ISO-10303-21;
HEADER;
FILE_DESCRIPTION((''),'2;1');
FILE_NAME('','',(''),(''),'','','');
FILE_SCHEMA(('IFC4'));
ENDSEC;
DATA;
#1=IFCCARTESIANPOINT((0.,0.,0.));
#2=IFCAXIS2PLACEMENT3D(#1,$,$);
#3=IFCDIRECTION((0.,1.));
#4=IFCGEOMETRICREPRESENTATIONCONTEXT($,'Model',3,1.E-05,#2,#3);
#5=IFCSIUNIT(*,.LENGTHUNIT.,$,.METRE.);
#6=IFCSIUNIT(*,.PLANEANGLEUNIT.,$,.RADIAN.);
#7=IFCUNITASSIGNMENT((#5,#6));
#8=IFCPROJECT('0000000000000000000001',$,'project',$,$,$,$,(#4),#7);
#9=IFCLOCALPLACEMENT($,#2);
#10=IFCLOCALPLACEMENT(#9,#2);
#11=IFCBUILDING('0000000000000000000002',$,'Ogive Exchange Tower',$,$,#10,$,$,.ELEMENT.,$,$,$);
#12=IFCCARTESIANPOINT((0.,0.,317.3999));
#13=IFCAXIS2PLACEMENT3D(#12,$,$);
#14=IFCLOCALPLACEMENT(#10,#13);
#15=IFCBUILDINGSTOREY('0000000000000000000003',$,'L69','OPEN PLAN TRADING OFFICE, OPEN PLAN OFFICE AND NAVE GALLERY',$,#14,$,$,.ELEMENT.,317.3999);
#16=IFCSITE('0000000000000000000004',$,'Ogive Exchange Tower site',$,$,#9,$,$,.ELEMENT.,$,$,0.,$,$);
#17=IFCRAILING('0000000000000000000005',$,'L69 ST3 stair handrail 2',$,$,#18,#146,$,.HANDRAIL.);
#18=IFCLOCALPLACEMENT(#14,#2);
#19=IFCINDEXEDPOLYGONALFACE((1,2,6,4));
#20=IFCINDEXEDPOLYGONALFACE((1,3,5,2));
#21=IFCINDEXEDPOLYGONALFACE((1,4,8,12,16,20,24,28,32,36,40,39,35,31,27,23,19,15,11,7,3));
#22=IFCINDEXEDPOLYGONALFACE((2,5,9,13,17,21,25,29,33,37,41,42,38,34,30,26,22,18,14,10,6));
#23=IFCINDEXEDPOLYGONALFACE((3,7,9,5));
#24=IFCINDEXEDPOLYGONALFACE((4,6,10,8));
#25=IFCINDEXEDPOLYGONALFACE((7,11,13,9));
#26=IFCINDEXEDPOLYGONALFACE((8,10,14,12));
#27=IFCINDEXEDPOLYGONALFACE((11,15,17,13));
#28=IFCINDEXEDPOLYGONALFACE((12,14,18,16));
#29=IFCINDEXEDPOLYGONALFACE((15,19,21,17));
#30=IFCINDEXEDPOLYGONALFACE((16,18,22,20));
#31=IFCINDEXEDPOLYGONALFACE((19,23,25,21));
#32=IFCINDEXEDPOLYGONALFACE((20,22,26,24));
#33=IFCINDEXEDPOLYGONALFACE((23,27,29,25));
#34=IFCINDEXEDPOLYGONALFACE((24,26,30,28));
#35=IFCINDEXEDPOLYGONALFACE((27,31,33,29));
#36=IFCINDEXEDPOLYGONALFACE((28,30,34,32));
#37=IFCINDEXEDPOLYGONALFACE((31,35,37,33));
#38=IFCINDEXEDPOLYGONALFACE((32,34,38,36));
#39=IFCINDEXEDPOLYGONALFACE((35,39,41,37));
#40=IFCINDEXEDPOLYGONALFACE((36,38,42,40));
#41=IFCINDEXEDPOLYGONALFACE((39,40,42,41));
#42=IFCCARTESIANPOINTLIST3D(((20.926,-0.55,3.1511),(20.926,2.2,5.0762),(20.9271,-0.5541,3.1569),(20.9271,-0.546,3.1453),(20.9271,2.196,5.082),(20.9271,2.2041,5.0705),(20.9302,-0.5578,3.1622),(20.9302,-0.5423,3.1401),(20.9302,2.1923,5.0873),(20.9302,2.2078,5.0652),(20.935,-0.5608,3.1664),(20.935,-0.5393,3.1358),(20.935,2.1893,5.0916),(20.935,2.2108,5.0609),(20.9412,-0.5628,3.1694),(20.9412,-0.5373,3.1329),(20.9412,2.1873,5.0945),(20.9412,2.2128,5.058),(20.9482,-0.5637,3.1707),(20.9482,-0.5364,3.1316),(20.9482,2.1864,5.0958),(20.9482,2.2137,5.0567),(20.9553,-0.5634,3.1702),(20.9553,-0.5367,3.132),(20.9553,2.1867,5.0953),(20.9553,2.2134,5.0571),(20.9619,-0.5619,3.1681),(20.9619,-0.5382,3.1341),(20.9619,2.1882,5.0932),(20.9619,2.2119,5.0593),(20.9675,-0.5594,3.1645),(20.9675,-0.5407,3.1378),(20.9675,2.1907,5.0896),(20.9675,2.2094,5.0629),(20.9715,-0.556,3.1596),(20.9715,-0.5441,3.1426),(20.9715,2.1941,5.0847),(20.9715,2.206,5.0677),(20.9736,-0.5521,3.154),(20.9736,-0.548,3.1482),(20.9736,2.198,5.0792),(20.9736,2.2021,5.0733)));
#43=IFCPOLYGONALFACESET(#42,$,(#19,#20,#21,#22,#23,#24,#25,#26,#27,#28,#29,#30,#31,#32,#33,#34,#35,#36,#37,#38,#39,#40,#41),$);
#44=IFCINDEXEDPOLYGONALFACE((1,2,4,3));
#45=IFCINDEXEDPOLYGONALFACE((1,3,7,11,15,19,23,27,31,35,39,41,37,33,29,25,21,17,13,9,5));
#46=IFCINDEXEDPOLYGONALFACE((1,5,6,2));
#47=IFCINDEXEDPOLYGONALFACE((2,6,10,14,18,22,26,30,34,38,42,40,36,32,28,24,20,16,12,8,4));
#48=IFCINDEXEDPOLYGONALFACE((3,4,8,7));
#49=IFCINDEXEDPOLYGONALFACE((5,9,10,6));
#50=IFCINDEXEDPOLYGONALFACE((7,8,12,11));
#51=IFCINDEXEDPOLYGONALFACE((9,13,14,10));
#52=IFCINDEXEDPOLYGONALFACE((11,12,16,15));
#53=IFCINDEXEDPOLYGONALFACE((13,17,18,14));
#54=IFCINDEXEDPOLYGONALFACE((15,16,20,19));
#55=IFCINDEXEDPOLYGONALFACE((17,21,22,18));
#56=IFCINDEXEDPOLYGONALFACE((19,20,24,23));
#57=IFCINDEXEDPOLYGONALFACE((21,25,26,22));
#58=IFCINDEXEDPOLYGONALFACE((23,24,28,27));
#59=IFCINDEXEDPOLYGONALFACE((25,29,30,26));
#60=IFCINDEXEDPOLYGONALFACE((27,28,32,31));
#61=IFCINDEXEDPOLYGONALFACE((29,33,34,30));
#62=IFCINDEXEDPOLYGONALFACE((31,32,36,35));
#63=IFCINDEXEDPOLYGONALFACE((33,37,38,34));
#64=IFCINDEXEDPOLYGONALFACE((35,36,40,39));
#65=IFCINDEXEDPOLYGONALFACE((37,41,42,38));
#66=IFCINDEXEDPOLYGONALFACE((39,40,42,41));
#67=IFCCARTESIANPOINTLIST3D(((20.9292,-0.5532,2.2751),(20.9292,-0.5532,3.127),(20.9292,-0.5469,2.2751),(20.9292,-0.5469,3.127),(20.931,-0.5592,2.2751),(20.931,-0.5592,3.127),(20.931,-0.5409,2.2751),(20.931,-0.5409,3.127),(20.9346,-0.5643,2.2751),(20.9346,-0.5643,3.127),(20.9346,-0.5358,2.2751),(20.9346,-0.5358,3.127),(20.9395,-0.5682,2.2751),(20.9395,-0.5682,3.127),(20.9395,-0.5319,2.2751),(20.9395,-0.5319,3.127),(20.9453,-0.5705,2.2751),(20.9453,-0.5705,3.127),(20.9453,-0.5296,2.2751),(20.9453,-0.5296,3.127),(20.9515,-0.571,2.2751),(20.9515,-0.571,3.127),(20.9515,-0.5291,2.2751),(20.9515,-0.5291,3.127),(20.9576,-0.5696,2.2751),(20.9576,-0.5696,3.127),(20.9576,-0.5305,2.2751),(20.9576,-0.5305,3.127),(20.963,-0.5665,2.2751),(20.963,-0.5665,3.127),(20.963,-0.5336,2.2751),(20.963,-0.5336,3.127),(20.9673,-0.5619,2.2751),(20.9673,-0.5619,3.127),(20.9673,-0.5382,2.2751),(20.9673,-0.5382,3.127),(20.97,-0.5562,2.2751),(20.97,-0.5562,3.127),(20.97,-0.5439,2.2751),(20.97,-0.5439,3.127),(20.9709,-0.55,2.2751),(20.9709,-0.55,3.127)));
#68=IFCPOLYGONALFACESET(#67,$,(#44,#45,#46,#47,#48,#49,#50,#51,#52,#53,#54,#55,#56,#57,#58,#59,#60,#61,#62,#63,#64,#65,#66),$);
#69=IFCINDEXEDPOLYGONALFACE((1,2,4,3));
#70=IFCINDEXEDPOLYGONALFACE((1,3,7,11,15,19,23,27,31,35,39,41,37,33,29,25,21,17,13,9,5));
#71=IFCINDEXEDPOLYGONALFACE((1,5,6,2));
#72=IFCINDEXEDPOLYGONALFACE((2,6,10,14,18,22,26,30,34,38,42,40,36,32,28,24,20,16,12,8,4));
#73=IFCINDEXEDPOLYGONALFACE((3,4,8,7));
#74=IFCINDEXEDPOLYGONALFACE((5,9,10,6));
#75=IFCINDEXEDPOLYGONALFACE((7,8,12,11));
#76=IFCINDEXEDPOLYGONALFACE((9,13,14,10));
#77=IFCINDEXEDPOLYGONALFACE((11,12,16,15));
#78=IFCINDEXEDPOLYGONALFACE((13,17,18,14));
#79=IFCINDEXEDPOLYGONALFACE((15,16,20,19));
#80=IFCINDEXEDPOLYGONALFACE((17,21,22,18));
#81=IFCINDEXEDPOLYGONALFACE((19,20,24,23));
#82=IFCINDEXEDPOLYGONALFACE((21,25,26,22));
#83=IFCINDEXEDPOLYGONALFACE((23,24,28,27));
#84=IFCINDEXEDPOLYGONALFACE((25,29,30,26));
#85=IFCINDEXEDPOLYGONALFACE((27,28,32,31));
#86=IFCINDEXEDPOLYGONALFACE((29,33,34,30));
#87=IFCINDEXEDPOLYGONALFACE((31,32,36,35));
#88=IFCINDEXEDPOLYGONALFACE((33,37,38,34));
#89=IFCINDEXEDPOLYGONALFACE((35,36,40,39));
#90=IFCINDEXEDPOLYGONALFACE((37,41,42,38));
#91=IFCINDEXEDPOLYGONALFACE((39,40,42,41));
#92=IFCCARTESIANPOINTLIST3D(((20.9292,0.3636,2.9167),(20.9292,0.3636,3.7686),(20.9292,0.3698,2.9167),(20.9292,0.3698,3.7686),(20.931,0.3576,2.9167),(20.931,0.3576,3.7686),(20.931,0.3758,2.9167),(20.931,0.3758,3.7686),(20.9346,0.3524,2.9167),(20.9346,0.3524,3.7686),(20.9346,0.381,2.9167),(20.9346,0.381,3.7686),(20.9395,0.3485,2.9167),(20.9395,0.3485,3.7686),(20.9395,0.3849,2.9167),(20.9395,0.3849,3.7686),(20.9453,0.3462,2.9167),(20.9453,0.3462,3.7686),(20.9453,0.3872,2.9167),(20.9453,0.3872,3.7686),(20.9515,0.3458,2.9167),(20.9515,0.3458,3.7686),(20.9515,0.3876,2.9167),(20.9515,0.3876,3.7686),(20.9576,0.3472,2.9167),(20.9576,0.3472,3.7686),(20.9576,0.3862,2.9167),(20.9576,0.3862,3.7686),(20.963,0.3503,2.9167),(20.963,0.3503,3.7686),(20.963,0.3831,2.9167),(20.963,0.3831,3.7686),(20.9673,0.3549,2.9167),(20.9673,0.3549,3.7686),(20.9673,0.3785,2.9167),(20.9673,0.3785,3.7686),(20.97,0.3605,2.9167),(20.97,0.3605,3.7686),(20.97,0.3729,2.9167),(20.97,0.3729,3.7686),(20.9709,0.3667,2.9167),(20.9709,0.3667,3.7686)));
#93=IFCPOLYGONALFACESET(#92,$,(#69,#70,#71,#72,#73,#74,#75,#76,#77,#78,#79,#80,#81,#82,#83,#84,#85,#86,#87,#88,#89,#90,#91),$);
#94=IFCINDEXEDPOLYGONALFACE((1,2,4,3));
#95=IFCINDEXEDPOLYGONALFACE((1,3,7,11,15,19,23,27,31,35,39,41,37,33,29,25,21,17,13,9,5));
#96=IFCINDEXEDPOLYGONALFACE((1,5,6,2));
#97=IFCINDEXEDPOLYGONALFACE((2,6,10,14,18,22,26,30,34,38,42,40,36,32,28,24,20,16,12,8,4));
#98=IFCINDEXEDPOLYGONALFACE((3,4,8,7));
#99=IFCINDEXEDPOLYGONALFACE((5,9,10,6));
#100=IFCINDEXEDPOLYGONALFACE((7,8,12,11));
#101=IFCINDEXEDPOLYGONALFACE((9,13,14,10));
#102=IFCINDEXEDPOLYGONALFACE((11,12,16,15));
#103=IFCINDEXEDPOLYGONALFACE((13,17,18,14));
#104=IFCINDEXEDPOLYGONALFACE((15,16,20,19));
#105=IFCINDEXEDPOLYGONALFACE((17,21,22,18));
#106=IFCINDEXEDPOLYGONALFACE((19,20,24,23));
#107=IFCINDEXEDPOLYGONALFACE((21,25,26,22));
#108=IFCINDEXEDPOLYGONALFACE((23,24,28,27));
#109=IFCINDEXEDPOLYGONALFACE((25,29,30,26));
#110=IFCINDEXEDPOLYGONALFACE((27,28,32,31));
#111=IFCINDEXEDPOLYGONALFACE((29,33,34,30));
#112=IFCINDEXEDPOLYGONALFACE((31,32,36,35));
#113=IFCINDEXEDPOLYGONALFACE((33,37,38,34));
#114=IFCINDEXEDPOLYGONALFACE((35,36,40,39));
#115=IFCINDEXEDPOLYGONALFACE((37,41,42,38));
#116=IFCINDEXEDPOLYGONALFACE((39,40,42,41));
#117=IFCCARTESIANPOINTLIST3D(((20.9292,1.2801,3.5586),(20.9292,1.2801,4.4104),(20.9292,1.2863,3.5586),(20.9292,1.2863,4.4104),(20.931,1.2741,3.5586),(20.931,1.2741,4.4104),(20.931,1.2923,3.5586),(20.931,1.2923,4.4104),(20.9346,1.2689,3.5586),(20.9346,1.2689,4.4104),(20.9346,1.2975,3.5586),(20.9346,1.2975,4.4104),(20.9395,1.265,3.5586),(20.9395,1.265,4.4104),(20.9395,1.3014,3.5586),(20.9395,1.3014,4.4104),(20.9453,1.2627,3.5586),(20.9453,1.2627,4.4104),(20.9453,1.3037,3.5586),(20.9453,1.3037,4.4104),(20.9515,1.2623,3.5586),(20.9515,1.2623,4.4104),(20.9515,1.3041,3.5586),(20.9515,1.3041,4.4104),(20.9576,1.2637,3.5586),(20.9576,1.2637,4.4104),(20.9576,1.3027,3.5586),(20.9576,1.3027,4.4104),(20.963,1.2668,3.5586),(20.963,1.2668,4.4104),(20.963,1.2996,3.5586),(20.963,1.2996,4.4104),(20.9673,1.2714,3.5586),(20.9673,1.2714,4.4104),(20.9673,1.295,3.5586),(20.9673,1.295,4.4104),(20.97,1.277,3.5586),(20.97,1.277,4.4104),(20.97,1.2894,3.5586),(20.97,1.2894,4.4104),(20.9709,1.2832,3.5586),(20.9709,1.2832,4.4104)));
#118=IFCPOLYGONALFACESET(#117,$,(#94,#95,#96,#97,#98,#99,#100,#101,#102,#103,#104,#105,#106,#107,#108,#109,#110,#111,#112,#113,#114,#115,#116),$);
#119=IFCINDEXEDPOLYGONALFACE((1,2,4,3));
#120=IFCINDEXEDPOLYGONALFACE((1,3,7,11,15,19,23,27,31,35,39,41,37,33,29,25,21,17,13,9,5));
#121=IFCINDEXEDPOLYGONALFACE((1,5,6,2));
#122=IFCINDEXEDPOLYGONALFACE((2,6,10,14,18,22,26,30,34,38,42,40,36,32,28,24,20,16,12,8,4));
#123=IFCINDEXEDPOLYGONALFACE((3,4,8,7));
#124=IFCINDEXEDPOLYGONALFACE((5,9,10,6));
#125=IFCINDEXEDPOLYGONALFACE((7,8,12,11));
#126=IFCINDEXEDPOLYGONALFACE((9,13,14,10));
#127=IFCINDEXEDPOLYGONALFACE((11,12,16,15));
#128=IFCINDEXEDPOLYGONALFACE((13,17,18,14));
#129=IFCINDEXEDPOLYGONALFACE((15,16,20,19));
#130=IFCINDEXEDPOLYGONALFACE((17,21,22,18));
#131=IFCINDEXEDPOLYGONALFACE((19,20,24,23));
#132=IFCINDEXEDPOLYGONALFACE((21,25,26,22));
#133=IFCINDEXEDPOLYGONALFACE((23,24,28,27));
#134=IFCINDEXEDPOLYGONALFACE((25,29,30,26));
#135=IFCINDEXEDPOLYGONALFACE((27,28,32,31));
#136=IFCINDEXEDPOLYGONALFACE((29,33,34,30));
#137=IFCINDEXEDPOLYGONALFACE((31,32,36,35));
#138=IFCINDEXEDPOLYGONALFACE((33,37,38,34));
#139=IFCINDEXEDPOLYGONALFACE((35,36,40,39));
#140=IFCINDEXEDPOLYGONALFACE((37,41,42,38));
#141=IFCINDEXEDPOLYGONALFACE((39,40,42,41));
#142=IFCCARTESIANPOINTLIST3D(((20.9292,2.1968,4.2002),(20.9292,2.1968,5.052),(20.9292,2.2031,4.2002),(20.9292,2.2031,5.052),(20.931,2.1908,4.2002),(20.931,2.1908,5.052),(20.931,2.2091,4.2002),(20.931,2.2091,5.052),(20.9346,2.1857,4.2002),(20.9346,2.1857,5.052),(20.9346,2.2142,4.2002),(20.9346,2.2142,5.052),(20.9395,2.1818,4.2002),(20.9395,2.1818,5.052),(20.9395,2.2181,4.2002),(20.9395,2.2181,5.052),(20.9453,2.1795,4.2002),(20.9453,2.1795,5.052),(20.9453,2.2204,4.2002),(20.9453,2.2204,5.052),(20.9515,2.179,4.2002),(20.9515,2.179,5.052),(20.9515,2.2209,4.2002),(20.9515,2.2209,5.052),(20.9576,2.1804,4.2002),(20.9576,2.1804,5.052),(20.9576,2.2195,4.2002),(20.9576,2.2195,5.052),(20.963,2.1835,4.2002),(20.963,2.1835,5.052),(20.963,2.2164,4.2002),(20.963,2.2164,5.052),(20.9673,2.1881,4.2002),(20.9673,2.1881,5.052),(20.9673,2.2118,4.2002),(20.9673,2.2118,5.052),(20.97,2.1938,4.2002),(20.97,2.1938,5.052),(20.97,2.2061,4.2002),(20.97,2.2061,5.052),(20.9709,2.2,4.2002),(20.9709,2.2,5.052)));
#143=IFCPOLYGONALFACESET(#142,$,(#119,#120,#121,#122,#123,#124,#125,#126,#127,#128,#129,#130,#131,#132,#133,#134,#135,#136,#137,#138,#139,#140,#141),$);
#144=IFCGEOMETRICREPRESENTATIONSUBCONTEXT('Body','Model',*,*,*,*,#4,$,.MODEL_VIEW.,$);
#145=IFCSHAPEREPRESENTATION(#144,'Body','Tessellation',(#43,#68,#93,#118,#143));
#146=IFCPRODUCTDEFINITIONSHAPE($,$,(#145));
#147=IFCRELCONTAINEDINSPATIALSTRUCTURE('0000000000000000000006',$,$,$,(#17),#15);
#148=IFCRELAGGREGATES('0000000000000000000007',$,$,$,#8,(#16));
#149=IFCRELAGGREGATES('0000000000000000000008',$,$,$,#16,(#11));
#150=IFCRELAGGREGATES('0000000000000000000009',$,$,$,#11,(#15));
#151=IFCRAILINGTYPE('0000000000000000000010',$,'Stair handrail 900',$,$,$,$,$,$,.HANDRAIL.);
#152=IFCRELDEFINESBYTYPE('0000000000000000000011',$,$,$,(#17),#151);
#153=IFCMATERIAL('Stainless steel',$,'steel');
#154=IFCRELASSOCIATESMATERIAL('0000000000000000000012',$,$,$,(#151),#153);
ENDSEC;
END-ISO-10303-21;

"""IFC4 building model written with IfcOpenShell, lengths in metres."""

from ifc_helpers import new_model, si_unit, direction, frame, origin, origin_2d, place, context, subcontext, project, spatial, circle, extrude, material, type_object, element, save


model = new_model("IFC4")

# Units and contexts
model_context = context("Model", 3, precision=1e-05, world=origin(), true_north=direction((0.0, 1.0)))
body_context = subcontext(model_context, "Body", "Model", "MODEL_VIEW")
ifc_project = project(units=[si_unit("LENGTHUNIT", "METRE"), si_unit("PLANEANGLEUNIT", "RADIAN")], contexts=[model_context])

# Site, building, storey
site_placement = place(None, origin())
site = spatial("IfcSite", under=ifc_project, at=site_placement, Name="Ogive Exchange Tower site", CompositionType="ELEMENT", RefElevation=0.0)
building_placement = place(site_placement, origin())
building = spatial("IfcBuilding", under=site, at=building_placement, Name="Ogive Exchange Tower", CompositionType="ELEMENT")
storey_placement = place(building_placement, frame((0.0, 0.0, 317.3999)))
storey = spatial("IfcBuildingStorey", under=building, at=storey_placement, Name="L69", Description="OPEN PLAN TRADING OFFICE, OPEN PLAN OFFICE AND NAVE GALLERY", CompositionType="ELEMENT", Elevation=317.3999)

# Shared definitions
ifc_material_1 = material(Name="Stainless steel", Category="steel")

# Railing
railing_type = type_object("IfcRailingType", Name="Stair handrail 900", PredefinedType="HANDRAIL", material=ifc_material_1)
railing_1_placement = place(storey_placement, frame((20.95, -0.55, 2.2751)))
element("IfcRailing", 1, at=railing_1_placement, inside=storey, type_object=railing_type, Name="L69 ST3 stair handrail 2", PredefinedType="HANDRAIL", context=body_context, shape_type="SweptSolid", body=[
    extrude(circle(Radius=0.0239, at=origin_2d()), frame((0.0, 0.0, 0.876), z_axis=(0.0, 0.819225, 0.573472), x_axis=(-1.0, 0.0, 0.0)), (0.0, 0.0, 1.0), 3.3569),
    extrude(circle(Radius=0.021, at=origin_2d()), origin(), (0.0, 0.0, 1.0), 0.8518),
    extrude(circle(Radius=0.021, at=origin_2d()), frame((0.0, 0.9167, 0.6416)), (0.0, 0.0, 1.0), 0.8518),
    extrude(circle(Radius=0.021, at=origin_2d()), frame((0.0, 1.8333, 1.2834)), (0.0, 0.0, 1.0), 0.8518),
    extrude(circle(Radius=0.021, at=origin_2d()), frame((0.0, 2.75, 1.925)), (0.0, 0.0, 1.0), 0.8518),
])

save(model, "model.ifc")
